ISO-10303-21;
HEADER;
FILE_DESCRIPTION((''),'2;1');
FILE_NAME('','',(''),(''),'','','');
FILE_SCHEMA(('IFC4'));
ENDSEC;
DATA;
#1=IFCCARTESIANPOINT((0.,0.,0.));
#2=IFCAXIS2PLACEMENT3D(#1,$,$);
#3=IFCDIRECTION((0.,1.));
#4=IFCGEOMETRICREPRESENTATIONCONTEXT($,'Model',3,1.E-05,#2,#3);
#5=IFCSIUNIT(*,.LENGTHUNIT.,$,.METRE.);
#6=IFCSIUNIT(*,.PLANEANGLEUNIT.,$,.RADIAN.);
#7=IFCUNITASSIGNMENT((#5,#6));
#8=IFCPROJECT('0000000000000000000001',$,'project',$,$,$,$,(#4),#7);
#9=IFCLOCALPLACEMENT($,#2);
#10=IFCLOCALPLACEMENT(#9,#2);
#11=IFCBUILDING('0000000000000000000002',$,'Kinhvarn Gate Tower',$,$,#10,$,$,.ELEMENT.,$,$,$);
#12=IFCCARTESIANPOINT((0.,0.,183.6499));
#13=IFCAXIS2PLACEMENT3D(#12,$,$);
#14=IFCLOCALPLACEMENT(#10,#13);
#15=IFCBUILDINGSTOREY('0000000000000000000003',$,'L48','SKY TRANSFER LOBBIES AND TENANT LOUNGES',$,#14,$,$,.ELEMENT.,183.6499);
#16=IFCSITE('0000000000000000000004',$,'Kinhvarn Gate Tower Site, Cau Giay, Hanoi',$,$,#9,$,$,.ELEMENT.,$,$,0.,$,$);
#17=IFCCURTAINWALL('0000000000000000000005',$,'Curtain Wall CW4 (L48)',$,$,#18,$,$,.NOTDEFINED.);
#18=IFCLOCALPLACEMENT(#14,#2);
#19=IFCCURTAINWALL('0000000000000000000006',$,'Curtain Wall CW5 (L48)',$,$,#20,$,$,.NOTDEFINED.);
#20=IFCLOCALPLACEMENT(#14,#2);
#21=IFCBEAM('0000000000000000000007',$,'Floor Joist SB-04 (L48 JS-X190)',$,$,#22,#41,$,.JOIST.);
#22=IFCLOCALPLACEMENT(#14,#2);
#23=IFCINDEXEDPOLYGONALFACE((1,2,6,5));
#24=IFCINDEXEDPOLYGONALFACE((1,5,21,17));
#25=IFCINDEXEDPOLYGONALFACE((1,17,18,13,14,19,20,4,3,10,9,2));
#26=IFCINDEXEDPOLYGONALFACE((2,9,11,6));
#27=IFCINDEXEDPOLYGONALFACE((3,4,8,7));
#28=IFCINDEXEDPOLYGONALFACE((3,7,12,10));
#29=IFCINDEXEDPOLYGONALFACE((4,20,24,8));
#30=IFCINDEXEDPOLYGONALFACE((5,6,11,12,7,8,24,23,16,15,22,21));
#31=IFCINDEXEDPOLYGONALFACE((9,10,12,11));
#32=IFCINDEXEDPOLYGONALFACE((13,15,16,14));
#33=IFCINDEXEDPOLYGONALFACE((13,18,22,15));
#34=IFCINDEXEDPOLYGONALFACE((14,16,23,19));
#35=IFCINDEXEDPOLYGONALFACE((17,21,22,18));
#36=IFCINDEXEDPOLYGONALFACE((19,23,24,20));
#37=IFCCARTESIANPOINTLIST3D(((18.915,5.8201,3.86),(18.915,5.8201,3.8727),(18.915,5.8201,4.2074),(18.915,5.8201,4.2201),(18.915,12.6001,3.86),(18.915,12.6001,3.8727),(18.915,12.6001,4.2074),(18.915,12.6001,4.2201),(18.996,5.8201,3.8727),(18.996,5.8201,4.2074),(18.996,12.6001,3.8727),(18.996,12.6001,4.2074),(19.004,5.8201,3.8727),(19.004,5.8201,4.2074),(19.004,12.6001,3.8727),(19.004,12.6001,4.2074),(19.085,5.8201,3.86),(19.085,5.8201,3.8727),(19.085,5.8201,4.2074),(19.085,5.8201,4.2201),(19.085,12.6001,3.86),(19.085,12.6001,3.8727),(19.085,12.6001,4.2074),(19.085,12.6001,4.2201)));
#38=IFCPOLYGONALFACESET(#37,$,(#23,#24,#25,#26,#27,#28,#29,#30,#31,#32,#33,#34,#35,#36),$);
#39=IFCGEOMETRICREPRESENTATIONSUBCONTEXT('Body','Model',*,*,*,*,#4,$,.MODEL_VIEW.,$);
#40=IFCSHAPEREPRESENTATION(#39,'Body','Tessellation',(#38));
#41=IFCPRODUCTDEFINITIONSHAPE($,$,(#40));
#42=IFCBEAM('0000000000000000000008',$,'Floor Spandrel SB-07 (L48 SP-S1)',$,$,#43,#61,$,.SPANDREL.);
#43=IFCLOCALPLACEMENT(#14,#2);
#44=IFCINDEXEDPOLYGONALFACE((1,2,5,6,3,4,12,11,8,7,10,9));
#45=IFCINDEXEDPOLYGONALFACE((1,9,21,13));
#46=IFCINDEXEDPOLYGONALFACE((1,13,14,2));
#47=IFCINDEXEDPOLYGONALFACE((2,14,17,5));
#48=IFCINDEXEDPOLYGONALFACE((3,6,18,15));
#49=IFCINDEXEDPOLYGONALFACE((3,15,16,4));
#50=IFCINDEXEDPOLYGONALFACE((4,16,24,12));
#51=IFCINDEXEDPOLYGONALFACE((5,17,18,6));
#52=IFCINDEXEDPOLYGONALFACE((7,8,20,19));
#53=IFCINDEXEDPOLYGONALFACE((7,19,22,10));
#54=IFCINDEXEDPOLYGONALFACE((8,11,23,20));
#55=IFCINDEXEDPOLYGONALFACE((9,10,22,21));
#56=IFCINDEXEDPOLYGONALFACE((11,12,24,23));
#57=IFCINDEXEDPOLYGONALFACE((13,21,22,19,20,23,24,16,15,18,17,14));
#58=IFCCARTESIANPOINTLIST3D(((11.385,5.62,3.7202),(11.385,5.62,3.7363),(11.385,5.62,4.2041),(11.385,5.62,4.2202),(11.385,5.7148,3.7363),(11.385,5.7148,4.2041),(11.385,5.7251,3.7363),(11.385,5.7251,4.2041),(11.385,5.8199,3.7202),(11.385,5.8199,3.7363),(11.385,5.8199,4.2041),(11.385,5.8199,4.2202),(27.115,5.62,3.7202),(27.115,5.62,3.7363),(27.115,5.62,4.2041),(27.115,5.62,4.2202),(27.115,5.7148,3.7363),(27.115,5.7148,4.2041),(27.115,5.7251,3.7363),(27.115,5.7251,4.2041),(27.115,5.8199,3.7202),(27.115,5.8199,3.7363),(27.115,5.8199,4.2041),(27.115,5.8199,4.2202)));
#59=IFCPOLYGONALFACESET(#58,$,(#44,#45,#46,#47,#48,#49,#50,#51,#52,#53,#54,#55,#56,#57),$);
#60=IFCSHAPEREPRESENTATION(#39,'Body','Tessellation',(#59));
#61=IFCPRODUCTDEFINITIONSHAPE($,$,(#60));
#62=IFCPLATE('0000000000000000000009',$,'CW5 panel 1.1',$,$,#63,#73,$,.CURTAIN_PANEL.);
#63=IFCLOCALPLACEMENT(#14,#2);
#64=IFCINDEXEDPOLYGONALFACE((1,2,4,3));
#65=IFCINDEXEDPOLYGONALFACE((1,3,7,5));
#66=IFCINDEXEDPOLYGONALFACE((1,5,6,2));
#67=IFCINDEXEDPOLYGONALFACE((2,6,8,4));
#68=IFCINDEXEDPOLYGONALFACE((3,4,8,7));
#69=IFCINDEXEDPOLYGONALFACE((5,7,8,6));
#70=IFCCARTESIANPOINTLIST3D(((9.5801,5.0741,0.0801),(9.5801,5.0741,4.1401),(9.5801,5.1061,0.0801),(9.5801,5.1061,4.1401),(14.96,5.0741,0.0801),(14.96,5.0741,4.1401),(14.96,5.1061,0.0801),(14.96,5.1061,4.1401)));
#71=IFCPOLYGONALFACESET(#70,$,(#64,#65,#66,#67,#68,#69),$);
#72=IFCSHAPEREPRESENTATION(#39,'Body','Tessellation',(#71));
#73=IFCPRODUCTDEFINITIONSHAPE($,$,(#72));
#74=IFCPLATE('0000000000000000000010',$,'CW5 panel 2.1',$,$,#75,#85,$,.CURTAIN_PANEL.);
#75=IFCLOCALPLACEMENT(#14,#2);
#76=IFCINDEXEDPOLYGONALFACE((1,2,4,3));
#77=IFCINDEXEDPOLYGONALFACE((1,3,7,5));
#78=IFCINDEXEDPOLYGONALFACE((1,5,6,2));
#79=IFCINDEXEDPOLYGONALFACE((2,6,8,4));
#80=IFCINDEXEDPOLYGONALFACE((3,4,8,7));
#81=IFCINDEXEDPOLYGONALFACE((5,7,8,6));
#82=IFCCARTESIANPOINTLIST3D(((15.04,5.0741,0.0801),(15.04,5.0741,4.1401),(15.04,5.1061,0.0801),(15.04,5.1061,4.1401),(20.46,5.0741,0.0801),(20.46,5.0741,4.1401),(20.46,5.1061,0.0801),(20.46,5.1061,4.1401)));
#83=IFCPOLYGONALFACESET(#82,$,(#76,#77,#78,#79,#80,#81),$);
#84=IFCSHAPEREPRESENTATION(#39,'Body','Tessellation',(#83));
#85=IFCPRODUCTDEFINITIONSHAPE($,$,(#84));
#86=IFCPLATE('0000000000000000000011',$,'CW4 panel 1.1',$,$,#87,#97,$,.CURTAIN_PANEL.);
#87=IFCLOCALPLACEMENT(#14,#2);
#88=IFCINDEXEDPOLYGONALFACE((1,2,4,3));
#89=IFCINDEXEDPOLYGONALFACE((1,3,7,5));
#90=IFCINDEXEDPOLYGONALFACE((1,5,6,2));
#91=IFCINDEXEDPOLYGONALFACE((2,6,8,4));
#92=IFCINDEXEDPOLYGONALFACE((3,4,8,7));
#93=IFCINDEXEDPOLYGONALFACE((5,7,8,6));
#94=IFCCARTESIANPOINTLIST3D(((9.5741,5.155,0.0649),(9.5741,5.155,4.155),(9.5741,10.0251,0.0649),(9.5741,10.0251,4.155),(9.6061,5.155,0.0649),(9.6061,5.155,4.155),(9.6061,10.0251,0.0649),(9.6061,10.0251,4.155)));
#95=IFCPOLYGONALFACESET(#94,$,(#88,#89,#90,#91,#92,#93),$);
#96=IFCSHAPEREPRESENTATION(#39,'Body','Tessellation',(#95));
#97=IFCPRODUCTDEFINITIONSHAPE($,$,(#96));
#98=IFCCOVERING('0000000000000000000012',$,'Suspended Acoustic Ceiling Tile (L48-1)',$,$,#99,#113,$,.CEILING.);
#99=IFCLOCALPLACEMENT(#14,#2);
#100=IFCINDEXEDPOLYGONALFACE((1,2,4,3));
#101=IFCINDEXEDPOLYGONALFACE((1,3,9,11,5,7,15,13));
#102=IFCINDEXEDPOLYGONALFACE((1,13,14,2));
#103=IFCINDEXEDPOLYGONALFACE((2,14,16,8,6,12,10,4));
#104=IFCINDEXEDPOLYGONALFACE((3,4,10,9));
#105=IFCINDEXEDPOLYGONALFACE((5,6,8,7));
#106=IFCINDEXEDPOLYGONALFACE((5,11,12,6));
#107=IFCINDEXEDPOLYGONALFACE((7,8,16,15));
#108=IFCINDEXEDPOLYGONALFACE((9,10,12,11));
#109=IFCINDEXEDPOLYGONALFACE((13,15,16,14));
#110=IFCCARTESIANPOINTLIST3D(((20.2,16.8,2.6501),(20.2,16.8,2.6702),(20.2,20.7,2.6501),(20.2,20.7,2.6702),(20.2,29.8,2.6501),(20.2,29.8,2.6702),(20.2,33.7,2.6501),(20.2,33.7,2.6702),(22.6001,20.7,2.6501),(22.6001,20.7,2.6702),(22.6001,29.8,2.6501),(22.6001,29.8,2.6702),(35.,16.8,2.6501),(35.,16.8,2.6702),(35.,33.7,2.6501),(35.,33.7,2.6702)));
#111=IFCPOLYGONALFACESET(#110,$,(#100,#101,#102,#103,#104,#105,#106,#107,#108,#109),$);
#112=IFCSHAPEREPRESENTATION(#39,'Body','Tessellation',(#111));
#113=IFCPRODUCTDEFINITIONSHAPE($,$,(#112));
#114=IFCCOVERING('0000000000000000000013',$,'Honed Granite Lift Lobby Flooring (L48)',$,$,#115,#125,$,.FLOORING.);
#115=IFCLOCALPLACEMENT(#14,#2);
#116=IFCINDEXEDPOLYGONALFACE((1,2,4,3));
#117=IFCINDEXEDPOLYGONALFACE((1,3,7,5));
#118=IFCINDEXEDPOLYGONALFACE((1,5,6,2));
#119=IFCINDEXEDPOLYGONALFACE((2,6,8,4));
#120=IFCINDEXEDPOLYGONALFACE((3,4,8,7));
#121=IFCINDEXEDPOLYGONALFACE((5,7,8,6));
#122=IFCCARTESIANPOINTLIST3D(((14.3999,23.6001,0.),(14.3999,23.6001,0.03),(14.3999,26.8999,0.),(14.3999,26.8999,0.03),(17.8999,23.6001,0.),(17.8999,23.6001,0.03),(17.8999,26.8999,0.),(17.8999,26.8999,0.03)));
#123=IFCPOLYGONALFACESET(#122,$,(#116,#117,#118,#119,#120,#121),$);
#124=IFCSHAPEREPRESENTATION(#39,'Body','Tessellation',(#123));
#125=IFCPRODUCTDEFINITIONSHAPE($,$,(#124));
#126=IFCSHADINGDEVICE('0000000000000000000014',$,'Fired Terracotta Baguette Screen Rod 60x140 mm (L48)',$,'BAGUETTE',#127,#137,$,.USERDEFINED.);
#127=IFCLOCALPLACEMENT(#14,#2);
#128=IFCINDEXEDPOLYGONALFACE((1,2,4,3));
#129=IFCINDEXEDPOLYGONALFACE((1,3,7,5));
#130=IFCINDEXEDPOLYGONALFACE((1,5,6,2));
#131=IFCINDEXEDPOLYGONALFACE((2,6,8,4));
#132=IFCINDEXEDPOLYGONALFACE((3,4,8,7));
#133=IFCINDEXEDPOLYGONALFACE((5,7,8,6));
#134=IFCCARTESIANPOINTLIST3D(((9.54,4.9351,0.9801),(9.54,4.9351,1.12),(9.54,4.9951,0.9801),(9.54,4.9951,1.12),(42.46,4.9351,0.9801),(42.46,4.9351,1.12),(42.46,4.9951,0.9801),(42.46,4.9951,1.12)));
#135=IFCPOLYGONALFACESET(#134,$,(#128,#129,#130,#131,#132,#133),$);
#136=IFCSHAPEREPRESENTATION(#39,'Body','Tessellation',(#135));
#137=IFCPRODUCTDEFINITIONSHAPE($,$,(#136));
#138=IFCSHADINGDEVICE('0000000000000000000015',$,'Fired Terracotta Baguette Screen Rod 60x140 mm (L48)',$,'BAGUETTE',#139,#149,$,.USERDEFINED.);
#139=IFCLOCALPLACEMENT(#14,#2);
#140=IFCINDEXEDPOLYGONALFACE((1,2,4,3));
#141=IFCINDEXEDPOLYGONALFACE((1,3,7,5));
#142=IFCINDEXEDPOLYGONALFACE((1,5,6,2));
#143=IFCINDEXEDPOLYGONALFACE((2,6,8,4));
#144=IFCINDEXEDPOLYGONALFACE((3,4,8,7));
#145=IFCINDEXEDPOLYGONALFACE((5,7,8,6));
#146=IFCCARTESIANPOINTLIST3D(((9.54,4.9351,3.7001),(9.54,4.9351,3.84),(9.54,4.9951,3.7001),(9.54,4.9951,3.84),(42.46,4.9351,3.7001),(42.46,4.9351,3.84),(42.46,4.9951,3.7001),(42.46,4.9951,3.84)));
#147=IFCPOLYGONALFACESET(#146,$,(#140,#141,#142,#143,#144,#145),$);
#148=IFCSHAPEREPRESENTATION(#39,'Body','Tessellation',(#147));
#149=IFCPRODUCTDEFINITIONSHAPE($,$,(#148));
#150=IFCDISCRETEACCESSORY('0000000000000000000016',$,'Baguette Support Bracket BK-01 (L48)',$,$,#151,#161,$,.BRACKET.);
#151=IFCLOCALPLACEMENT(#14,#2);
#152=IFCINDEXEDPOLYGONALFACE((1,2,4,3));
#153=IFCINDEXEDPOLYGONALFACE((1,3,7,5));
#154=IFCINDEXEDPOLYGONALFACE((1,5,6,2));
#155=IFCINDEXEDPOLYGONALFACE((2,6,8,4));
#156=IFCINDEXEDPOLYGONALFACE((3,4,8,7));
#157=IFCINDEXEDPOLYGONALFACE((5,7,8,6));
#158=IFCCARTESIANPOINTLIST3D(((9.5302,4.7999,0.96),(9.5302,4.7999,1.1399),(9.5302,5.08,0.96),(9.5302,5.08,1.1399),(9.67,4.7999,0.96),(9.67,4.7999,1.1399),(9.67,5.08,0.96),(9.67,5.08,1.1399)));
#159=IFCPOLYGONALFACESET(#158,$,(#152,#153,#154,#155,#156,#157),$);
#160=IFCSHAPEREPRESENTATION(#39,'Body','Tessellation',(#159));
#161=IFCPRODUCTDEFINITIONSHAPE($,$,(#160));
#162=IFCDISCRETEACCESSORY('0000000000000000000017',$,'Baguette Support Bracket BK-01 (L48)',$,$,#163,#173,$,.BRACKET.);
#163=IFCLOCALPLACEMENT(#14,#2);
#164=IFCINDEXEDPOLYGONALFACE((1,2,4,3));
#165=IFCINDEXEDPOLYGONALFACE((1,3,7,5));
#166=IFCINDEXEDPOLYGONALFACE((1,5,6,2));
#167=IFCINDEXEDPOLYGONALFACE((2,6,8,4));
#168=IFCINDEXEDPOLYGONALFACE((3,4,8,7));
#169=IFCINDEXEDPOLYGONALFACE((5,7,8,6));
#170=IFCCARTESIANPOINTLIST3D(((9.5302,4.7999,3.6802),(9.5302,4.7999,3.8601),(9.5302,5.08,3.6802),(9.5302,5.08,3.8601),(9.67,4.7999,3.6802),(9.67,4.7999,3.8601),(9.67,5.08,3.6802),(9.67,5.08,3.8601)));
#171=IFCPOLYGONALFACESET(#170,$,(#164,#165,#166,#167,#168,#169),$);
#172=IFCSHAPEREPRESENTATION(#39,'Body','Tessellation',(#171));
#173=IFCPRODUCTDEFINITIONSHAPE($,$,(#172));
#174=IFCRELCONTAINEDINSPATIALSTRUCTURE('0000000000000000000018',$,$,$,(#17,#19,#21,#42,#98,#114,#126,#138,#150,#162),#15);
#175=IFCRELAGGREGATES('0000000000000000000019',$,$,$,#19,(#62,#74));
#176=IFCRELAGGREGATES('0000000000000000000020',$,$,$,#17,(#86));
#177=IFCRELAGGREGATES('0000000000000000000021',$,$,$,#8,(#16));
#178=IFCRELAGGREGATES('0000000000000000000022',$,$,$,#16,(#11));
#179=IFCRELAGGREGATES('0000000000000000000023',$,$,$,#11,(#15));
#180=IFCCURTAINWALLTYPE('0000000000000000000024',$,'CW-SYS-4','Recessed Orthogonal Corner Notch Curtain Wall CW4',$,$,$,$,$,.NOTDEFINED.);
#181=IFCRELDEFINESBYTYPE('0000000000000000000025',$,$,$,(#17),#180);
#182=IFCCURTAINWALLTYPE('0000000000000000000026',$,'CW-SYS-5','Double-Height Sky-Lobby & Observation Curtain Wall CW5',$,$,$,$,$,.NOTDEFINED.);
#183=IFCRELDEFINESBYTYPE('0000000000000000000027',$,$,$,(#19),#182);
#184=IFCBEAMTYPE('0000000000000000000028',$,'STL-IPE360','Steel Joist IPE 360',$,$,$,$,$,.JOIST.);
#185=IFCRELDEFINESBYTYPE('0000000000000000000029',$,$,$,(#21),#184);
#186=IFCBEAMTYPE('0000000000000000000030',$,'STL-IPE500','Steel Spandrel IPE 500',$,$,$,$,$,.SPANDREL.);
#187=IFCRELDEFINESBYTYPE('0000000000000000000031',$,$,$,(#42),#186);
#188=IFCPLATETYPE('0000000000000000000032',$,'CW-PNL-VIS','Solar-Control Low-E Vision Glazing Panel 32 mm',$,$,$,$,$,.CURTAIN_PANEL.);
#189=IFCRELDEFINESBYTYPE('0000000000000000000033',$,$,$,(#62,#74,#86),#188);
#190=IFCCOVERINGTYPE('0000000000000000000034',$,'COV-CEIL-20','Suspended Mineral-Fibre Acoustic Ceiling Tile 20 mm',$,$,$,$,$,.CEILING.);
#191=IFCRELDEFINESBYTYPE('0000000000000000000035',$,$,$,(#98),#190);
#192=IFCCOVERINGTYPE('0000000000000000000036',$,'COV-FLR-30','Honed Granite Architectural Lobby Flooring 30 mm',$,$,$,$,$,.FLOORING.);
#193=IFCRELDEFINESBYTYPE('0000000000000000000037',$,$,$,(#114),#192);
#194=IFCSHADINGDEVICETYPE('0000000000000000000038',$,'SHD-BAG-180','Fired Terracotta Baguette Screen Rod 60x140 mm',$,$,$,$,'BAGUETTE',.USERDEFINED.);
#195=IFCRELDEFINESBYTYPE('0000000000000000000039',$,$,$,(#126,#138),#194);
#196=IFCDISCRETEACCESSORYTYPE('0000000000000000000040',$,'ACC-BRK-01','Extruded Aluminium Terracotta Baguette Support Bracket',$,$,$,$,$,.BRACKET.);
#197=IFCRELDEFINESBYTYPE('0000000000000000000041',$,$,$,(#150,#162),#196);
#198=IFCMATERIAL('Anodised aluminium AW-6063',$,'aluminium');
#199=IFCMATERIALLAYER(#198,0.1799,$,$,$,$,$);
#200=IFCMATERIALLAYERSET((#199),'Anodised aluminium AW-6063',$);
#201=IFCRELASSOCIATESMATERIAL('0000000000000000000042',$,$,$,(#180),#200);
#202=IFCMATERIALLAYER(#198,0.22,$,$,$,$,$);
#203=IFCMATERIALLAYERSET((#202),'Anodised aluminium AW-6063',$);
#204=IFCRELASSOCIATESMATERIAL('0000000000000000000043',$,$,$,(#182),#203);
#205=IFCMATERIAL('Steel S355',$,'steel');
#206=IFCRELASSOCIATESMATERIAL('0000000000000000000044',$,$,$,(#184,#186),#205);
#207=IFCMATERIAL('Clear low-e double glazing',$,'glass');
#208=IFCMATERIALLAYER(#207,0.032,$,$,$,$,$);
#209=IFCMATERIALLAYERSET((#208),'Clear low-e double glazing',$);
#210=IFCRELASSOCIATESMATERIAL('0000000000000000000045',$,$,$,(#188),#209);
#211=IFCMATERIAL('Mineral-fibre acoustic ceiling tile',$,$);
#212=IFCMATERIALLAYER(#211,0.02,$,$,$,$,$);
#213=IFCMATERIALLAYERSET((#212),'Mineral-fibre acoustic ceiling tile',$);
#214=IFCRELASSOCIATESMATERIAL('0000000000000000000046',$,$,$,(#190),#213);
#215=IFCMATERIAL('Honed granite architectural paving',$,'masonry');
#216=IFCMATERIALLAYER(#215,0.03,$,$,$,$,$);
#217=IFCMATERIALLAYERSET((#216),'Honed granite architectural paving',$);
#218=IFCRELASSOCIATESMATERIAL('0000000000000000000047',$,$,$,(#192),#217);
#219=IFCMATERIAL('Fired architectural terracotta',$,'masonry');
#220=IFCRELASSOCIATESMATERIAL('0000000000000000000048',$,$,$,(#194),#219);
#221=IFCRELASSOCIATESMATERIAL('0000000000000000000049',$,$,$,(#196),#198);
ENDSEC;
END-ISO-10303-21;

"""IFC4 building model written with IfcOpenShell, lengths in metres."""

from ifc_helpers import new_model, si_unit, direction, frame, origin, origin_2d, place, context, subcontext, project, spatial, polyline, rectangle, i_section, outline, extrude, material, layer, layer_set, material_profile, profile_set, type_object, element, aggregate, save


model = new_model("IFC4")

# Units and contexts
model_context = context("Model", 3, precision=1e-05, world=origin(), true_north=direction((0.0, 1.0)))
body_context = subcontext(model_context, "Body", "Model", "MODEL_VIEW")
ifc_project = project(units=[si_unit("LENGTHUNIT", "METRE"), si_unit("PLANEANGLEUNIT", "RADIAN")], contexts=[model_context])

# Site, building, storey
site_placement = place(None, origin())
site = spatial("IfcSite", under=ifc_project, at=site_placement, Name="Kinhvarn Gate Tower Site, Cau Giay, Hanoi", CompositionType="ELEMENT", RefElevation=0.0)
building_placement = place(site_placement, origin())
building = spatial("IfcBuilding", under=site, at=building_placement, Name="Kinhvarn Gate Tower", CompositionType="ELEMENT")
storey_placement = place(building_placement, frame((0.0, 0.0, 183.6499)))
storey = spatial("IfcBuildingStorey", under=building, at=storey_placement, Name="L48", Description="SKY TRANSFER LOBBIES AND TENANT LOUNGES", CompositionType="ELEMENT", Elevation=183.6499)

# Curtain wall
ifc_material_1 = material(Name="Anodised aluminium AW-6063", Category="aluminium")
ifc_layer_1 = layer(ifc_material_1, 0.1799)
ifc_layer_set_1 = layer_set([ifc_layer_1], Name="Anodised aluminium AW-6063")
curtain_wall_type_1 = type_object("IfcCurtainWallType", Name="CW-SYS-4", Description="Recessed Orthogonal Corner Notch Curtain Wall CW4", PredefinedType="NOTDEFINED", material=ifc_layer_set_1)
curtain_wall_1_placement = place(storey_placement, origin())
curtain_wall_1 = element("IfcCurtainWall", 1, at=curtain_wall_1_placement, inside=storey, type_object=curtain_wall_type_1, Name="Curtain Wall CW4 (L48)", PredefinedType="NOTDEFINED")

# Curtain wall
ifc_layer_2 = layer(ifc_material_1, 0.22)
ifc_layer_set_2 = layer_set([ifc_layer_2], Name="Anodised aluminium AW-6063")
curtain_wall_type_2 = type_object("IfcCurtainWallType", Name="CW-SYS-5", Description="Double-Height Sky-Lobby & Observation Curtain Wall CW5", PredefinedType="NOTDEFINED", material=ifc_layer_set_2)
curtain_wall_2_placement = place(storey_placement, origin())
curtain_wall_2 = element("IfcCurtainWall", 2, at=curtain_wall_2_placement, inside=storey, type_object=curtain_wall_type_2, Name="Curtain Wall CW5 (L48)", PredefinedType="NOTDEFINED")

# Beams
ifc_material_2 = material(Name="Steel S355", Category="steel")
ifc_material_profile_1 = material_profile(ifc_material_2, i_section(OverallWidth=0.1699, OverallDepth=0.3601, WebThickness=0.0081, FlangeThickness=0.0127, at=origin_2d()), Name="IPE 360")
ifc_profile_set_1 = profile_set([ifc_material_profile_1], Name="Steel S355")
beam_type_1 = type_object("IfcBeamType", Name="STL-IPE360", Description="Steel Joist IPE 360", PredefinedType="JOIST", material=ifc_profile_set_1)
for number, where, z_axis, x_axis, name in (
    (3, (19.0, 5.8201, 4.04), (0.0, 1.0, 0.0), (-1.0, 0.0, 0.0), "Floor Joist SB-04 (L48 JS-X190)"),
):
    element("IfcBeam", number, at=place(storey_placement, frame(where, z_axis=z_axis, x_axis=x_axis)), inside=storey, type_object=beam_type_1, Name=name, PredefinedType="JOIST", context=body_context, shape_type="SweptSolid", body=[
        extrude(i_section(OverallWidth=0.1699, OverallDepth=0.3601, WebThickness=0.0081, FlangeThickness=0.0127, at=origin_2d()), origin(), (0.0, 0.0, 1.0), 6.78),
    ])
ifc_material_profile_2 = material_profile(ifc_material_2, i_section(OverallWidth=0.2, OverallDepth=0.5, WebThickness=0.0103, FlangeThickness=0.0161, at=origin_2d()), Name="IPE 500")
ifc_profile_set_2 = profile_set([ifc_material_profile_2], Name="Steel S355")
beam_type_2 = type_object("IfcBeamType", Name="STL-IPE500", Description="Steel Spandrel IPE 500", PredefinedType="SPANDREL", material=ifc_profile_set_2)
beam_1_placement = place(storey_placement, frame((11.385, 5.72, 3.9702), z_axis=(1.0, 0.0, 0.0), x_axis=(0.0, 1.0, 0.0)))
element("IfcBeam", 4, at=beam_1_placement, inside=storey, type_object=beam_type_2, Name="Floor Spandrel SB-07 (L48 SP-S1)", PredefinedType="SPANDREL", context=body_context, shape_type="SweptSolid", body=[
    extrude(i_section(OverallWidth=0.2, OverallDepth=0.5, WebThickness=0.0103, FlangeThickness=0.0161, at=origin_2d()), origin(), (0.0, 0.0, 1.0), 15.73),
])

# Plates
ifc_material_3 = material(Name="Clear low-e double glazing", Category="glass")
ifc_layer_3 = layer(ifc_material_3, 0.032)
ifc_layer_set_3 = layer_set([ifc_layer_3], Name="Clear low-e double glazing")
plate_type = type_object("IfcPlateType", Name="CW-PNL-VIS", Description="Solar-Control Low-E Vision Glazing Panel 32 mm", PredefinedType="CURTAIN_PANEL", material=ifc_layer_set_3)
plate_1_placement = place(storey_placement, frame((12.27, 5.0901, 0.0801), z_axis=(0.0, 0.0, 1.0), x_axis=(1.0, 0.0, 0.0)))
plate_1 = element("IfcPlate", 5, at=plate_1_placement, type_object=plate_type, Name="CW5 panel 1.1", PredefinedType="CURTAIN_PANEL", context=body_context, shape_type="SweptSolid", body=[
    extrude(rectangle(XDim=5.3799, YDim=0.032, at=origin_2d()), origin(), (0.0, 0.0, 1.0), 4.0601),
])
plate_2_placement = place(storey_placement, frame((17.75, 5.0901, 0.0801), z_axis=(0.0, 0.0, 1.0), x_axis=(1.0, 0.0, 0.0)))
plate_2 = element("IfcPlate", 6, at=plate_2_placement, type_object=plate_type, Name="CW5 panel 2.1", PredefinedType="CURTAIN_PANEL", context=body_context, shape_type="SweptSolid", body=[
    extrude(rectangle(XDim=5.4199, YDim=0.032, at=origin_2d()), origin(), (0.0, 0.0, 1.0), 4.0601),
])
aggregate(curtain_wall_2, [plate_1, plate_2])
plate_3_placement = place(storey_placement, frame((9.5901, 7.5901, 0.0649), z_axis=(0.0, 0.0, 1.0), x_axis=(0.0, -1.0, 0.0)))
plate_3 = element("IfcPlate", 7, at=plate_3_placement, type_object=plate_type, Name="CW4 panel 1.1", PredefinedType="CURTAIN_PANEL", context=body_context, shape_type="SweptSolid", body=[
    extrude(rectangle(XDim=4.8701, YDim=0.032, at=origin_2d()), origin(), (0.0, 0.0, 1.0), 4.0901),
])
aggregate(curtain_wall_1, [plate_3])

# Coverings
ifc_material_4 = material(Name="Mineral-fibre acoustic ceiling tile")
ifc_layer_4 = layer(ifc_material_4, 0.02)
ifc_layer_set_4 = layer_set([ifc_layer_4], Name="Mineral-fibre acoustic ceiling tile")
covering_type_1 = type_object("IfcCoveringType", Name="COV-CEIL-20", Description="Suspended Mineral-Fibre Acoustic Ceiling Tile 20 mm", PredefinedType="CEILING", material=ifc_layer_set_4)
covering_1_placement = place(storey_placement, frame((0.0, 0.0, 2.6501)))
element("IfcCovering", 8, at=covering_1_placement, inside=storey, type_object=covering_type_1, Name="Suspended Acoustic Ceiling Tile (L48-1)", PredefinedType="CEILING", context=body_context, shape_type="SweptSolid", body=[
    extrude(outline(polyline([(35.0, 33.7), (35.0, 16.8), (20.2, 16.8), (20.2, 20.7), (22.6001, 20.7), (22.6001, 29.8), (20.2, 29.8), (20.2, 33.7), (35.0, 33.7)])), origin(), (0.0, 0.0, 1.0), 0.02),
])
ifc_material_5 = material(Name="Honed granite architectural paving", Category="masonry")
ifc_layer_5 = layer(ifc_material_5, 0.03)
ifc_layer_set_5 = layer_set([ifc_layer_5], Name="Honed granite architectural paving")
covering_type_2 = type_object("IfcCoveringType", Name="COV-FLR-30", Description="Honed Granite Architectural Lobby Flooring 30 mm", PredefinedType="FLOORING", material=ifc_layer_set_5)
covering_2_placement = place(storey_placement, origin())
element("IfcCovering", 9, at=covering_2_placement, inside=storey, type_object=covering_type_2, Name="Honed Granite Lift Lobby Flooring (L48)", PredefinedType="FLOORING", context=body_context, shape_type="SweptSolid", body=[
    extrude(outline(polyline([(14.3999, 23.6001), (14.3999, 26.8999), (17.8999, 26.8999), (17.8999, 23.6001), (14.3999, 23.6001)])), origin(), (0.0, 0.0, 1.0), 0.03),
])

# Shading devices
ifc_material_6 = material(Name="Fired architectural terracotta", Category="masonry")
ifc_material_profile_3 = material_profile(ifc_material_6, rectangle(XDim=0.0601, YDim=0.1399, at=origin_2d()), Name="TC 60x140")
ifc_profile_set_3 = profile_set([ifc_material_profile_3], Name="Fired architectural terracotta")
shading_device_type = type_object("IfcShadingDeviceType", Name="SHD-BAG-180", Description="Fired Terracotta Baguette Screen Rod 60x140 mm", ElementType="BAGUETTE", PredefinedType="USERDEFINED", material=ifc_profile_set_3)
for number, where, z_axis, x_axis, name in (
    (10, (9.54, 4.9651, 1.05), (1.0, 0.0, 0.0), (0.0, 1.0, 0.0), "Fired Terracotta Baguette Screen Rod 60x140 mm (L48)"),
    (11, (9.54, 4.9651, 3.77), (1.0, 0.0, 0.0), (0.0, 1.0, 0.0), "Fired Terracotta Baguette Screen Rod 60x140 mm (L48)"),
):
    element("IfcShadingDevice", number, at=place(storey_placement, frame(where, z_axis=z_axis, x_axis=x_axis)), inside=storey, type_object=shading_device_type, Name=name, ObjectType="BAGUETTE", PredefinedType="USERDEFINED", context=body_context, shape_type="SweptSolid", body=[
        extrude(rectangle(XDim=0.0601, YDim=0.1399, at=origin_2d()), origin(), (0.0, 0.0, 1.0), 32.9199),
    ])

# Discrete accessories
discrete_accessory_type = type_object("IfcDiscreteAccessoryType", Name="ACC-BRK-01", Description="Extruded Aluminium Terracotta Baguette Support Bracket", PredefinedType="BRACKET", material=ifc_material_1)
for number, where, z_axis, x_axis, name in (
    (12, (9.6001, 4.9399, 0.96), (0.0, 0.0, 1.0), (1.0, 0.0, 0.0), "Baguette Support Bracket BK-01 (L48)"),
    (13, (9.6001, 4.9399, 3.6802), (0.0, 0.0, 1.0), (1.0, 0.0, 0.0), "Baguette Support Bracket BK-01 (L48)"),
):
    element("IfcDiscreteAccessory", number, at=place(storey_placement, frame(where, z_axis=z_axis, x_axis=x_axis)), inside=storey, type_object=discrete_accessory_type, Name=name, PredefinedType="BRACKET", context=body_context, shape_type="SweptSolid", body=[
        extrude(rectangle(XDim=0.1399, YDim=0.28, at=origin_2d()), origin(), (0.0, 0.0, 1.0), 0.1799),
    ])

save(model, "model.ifc")
